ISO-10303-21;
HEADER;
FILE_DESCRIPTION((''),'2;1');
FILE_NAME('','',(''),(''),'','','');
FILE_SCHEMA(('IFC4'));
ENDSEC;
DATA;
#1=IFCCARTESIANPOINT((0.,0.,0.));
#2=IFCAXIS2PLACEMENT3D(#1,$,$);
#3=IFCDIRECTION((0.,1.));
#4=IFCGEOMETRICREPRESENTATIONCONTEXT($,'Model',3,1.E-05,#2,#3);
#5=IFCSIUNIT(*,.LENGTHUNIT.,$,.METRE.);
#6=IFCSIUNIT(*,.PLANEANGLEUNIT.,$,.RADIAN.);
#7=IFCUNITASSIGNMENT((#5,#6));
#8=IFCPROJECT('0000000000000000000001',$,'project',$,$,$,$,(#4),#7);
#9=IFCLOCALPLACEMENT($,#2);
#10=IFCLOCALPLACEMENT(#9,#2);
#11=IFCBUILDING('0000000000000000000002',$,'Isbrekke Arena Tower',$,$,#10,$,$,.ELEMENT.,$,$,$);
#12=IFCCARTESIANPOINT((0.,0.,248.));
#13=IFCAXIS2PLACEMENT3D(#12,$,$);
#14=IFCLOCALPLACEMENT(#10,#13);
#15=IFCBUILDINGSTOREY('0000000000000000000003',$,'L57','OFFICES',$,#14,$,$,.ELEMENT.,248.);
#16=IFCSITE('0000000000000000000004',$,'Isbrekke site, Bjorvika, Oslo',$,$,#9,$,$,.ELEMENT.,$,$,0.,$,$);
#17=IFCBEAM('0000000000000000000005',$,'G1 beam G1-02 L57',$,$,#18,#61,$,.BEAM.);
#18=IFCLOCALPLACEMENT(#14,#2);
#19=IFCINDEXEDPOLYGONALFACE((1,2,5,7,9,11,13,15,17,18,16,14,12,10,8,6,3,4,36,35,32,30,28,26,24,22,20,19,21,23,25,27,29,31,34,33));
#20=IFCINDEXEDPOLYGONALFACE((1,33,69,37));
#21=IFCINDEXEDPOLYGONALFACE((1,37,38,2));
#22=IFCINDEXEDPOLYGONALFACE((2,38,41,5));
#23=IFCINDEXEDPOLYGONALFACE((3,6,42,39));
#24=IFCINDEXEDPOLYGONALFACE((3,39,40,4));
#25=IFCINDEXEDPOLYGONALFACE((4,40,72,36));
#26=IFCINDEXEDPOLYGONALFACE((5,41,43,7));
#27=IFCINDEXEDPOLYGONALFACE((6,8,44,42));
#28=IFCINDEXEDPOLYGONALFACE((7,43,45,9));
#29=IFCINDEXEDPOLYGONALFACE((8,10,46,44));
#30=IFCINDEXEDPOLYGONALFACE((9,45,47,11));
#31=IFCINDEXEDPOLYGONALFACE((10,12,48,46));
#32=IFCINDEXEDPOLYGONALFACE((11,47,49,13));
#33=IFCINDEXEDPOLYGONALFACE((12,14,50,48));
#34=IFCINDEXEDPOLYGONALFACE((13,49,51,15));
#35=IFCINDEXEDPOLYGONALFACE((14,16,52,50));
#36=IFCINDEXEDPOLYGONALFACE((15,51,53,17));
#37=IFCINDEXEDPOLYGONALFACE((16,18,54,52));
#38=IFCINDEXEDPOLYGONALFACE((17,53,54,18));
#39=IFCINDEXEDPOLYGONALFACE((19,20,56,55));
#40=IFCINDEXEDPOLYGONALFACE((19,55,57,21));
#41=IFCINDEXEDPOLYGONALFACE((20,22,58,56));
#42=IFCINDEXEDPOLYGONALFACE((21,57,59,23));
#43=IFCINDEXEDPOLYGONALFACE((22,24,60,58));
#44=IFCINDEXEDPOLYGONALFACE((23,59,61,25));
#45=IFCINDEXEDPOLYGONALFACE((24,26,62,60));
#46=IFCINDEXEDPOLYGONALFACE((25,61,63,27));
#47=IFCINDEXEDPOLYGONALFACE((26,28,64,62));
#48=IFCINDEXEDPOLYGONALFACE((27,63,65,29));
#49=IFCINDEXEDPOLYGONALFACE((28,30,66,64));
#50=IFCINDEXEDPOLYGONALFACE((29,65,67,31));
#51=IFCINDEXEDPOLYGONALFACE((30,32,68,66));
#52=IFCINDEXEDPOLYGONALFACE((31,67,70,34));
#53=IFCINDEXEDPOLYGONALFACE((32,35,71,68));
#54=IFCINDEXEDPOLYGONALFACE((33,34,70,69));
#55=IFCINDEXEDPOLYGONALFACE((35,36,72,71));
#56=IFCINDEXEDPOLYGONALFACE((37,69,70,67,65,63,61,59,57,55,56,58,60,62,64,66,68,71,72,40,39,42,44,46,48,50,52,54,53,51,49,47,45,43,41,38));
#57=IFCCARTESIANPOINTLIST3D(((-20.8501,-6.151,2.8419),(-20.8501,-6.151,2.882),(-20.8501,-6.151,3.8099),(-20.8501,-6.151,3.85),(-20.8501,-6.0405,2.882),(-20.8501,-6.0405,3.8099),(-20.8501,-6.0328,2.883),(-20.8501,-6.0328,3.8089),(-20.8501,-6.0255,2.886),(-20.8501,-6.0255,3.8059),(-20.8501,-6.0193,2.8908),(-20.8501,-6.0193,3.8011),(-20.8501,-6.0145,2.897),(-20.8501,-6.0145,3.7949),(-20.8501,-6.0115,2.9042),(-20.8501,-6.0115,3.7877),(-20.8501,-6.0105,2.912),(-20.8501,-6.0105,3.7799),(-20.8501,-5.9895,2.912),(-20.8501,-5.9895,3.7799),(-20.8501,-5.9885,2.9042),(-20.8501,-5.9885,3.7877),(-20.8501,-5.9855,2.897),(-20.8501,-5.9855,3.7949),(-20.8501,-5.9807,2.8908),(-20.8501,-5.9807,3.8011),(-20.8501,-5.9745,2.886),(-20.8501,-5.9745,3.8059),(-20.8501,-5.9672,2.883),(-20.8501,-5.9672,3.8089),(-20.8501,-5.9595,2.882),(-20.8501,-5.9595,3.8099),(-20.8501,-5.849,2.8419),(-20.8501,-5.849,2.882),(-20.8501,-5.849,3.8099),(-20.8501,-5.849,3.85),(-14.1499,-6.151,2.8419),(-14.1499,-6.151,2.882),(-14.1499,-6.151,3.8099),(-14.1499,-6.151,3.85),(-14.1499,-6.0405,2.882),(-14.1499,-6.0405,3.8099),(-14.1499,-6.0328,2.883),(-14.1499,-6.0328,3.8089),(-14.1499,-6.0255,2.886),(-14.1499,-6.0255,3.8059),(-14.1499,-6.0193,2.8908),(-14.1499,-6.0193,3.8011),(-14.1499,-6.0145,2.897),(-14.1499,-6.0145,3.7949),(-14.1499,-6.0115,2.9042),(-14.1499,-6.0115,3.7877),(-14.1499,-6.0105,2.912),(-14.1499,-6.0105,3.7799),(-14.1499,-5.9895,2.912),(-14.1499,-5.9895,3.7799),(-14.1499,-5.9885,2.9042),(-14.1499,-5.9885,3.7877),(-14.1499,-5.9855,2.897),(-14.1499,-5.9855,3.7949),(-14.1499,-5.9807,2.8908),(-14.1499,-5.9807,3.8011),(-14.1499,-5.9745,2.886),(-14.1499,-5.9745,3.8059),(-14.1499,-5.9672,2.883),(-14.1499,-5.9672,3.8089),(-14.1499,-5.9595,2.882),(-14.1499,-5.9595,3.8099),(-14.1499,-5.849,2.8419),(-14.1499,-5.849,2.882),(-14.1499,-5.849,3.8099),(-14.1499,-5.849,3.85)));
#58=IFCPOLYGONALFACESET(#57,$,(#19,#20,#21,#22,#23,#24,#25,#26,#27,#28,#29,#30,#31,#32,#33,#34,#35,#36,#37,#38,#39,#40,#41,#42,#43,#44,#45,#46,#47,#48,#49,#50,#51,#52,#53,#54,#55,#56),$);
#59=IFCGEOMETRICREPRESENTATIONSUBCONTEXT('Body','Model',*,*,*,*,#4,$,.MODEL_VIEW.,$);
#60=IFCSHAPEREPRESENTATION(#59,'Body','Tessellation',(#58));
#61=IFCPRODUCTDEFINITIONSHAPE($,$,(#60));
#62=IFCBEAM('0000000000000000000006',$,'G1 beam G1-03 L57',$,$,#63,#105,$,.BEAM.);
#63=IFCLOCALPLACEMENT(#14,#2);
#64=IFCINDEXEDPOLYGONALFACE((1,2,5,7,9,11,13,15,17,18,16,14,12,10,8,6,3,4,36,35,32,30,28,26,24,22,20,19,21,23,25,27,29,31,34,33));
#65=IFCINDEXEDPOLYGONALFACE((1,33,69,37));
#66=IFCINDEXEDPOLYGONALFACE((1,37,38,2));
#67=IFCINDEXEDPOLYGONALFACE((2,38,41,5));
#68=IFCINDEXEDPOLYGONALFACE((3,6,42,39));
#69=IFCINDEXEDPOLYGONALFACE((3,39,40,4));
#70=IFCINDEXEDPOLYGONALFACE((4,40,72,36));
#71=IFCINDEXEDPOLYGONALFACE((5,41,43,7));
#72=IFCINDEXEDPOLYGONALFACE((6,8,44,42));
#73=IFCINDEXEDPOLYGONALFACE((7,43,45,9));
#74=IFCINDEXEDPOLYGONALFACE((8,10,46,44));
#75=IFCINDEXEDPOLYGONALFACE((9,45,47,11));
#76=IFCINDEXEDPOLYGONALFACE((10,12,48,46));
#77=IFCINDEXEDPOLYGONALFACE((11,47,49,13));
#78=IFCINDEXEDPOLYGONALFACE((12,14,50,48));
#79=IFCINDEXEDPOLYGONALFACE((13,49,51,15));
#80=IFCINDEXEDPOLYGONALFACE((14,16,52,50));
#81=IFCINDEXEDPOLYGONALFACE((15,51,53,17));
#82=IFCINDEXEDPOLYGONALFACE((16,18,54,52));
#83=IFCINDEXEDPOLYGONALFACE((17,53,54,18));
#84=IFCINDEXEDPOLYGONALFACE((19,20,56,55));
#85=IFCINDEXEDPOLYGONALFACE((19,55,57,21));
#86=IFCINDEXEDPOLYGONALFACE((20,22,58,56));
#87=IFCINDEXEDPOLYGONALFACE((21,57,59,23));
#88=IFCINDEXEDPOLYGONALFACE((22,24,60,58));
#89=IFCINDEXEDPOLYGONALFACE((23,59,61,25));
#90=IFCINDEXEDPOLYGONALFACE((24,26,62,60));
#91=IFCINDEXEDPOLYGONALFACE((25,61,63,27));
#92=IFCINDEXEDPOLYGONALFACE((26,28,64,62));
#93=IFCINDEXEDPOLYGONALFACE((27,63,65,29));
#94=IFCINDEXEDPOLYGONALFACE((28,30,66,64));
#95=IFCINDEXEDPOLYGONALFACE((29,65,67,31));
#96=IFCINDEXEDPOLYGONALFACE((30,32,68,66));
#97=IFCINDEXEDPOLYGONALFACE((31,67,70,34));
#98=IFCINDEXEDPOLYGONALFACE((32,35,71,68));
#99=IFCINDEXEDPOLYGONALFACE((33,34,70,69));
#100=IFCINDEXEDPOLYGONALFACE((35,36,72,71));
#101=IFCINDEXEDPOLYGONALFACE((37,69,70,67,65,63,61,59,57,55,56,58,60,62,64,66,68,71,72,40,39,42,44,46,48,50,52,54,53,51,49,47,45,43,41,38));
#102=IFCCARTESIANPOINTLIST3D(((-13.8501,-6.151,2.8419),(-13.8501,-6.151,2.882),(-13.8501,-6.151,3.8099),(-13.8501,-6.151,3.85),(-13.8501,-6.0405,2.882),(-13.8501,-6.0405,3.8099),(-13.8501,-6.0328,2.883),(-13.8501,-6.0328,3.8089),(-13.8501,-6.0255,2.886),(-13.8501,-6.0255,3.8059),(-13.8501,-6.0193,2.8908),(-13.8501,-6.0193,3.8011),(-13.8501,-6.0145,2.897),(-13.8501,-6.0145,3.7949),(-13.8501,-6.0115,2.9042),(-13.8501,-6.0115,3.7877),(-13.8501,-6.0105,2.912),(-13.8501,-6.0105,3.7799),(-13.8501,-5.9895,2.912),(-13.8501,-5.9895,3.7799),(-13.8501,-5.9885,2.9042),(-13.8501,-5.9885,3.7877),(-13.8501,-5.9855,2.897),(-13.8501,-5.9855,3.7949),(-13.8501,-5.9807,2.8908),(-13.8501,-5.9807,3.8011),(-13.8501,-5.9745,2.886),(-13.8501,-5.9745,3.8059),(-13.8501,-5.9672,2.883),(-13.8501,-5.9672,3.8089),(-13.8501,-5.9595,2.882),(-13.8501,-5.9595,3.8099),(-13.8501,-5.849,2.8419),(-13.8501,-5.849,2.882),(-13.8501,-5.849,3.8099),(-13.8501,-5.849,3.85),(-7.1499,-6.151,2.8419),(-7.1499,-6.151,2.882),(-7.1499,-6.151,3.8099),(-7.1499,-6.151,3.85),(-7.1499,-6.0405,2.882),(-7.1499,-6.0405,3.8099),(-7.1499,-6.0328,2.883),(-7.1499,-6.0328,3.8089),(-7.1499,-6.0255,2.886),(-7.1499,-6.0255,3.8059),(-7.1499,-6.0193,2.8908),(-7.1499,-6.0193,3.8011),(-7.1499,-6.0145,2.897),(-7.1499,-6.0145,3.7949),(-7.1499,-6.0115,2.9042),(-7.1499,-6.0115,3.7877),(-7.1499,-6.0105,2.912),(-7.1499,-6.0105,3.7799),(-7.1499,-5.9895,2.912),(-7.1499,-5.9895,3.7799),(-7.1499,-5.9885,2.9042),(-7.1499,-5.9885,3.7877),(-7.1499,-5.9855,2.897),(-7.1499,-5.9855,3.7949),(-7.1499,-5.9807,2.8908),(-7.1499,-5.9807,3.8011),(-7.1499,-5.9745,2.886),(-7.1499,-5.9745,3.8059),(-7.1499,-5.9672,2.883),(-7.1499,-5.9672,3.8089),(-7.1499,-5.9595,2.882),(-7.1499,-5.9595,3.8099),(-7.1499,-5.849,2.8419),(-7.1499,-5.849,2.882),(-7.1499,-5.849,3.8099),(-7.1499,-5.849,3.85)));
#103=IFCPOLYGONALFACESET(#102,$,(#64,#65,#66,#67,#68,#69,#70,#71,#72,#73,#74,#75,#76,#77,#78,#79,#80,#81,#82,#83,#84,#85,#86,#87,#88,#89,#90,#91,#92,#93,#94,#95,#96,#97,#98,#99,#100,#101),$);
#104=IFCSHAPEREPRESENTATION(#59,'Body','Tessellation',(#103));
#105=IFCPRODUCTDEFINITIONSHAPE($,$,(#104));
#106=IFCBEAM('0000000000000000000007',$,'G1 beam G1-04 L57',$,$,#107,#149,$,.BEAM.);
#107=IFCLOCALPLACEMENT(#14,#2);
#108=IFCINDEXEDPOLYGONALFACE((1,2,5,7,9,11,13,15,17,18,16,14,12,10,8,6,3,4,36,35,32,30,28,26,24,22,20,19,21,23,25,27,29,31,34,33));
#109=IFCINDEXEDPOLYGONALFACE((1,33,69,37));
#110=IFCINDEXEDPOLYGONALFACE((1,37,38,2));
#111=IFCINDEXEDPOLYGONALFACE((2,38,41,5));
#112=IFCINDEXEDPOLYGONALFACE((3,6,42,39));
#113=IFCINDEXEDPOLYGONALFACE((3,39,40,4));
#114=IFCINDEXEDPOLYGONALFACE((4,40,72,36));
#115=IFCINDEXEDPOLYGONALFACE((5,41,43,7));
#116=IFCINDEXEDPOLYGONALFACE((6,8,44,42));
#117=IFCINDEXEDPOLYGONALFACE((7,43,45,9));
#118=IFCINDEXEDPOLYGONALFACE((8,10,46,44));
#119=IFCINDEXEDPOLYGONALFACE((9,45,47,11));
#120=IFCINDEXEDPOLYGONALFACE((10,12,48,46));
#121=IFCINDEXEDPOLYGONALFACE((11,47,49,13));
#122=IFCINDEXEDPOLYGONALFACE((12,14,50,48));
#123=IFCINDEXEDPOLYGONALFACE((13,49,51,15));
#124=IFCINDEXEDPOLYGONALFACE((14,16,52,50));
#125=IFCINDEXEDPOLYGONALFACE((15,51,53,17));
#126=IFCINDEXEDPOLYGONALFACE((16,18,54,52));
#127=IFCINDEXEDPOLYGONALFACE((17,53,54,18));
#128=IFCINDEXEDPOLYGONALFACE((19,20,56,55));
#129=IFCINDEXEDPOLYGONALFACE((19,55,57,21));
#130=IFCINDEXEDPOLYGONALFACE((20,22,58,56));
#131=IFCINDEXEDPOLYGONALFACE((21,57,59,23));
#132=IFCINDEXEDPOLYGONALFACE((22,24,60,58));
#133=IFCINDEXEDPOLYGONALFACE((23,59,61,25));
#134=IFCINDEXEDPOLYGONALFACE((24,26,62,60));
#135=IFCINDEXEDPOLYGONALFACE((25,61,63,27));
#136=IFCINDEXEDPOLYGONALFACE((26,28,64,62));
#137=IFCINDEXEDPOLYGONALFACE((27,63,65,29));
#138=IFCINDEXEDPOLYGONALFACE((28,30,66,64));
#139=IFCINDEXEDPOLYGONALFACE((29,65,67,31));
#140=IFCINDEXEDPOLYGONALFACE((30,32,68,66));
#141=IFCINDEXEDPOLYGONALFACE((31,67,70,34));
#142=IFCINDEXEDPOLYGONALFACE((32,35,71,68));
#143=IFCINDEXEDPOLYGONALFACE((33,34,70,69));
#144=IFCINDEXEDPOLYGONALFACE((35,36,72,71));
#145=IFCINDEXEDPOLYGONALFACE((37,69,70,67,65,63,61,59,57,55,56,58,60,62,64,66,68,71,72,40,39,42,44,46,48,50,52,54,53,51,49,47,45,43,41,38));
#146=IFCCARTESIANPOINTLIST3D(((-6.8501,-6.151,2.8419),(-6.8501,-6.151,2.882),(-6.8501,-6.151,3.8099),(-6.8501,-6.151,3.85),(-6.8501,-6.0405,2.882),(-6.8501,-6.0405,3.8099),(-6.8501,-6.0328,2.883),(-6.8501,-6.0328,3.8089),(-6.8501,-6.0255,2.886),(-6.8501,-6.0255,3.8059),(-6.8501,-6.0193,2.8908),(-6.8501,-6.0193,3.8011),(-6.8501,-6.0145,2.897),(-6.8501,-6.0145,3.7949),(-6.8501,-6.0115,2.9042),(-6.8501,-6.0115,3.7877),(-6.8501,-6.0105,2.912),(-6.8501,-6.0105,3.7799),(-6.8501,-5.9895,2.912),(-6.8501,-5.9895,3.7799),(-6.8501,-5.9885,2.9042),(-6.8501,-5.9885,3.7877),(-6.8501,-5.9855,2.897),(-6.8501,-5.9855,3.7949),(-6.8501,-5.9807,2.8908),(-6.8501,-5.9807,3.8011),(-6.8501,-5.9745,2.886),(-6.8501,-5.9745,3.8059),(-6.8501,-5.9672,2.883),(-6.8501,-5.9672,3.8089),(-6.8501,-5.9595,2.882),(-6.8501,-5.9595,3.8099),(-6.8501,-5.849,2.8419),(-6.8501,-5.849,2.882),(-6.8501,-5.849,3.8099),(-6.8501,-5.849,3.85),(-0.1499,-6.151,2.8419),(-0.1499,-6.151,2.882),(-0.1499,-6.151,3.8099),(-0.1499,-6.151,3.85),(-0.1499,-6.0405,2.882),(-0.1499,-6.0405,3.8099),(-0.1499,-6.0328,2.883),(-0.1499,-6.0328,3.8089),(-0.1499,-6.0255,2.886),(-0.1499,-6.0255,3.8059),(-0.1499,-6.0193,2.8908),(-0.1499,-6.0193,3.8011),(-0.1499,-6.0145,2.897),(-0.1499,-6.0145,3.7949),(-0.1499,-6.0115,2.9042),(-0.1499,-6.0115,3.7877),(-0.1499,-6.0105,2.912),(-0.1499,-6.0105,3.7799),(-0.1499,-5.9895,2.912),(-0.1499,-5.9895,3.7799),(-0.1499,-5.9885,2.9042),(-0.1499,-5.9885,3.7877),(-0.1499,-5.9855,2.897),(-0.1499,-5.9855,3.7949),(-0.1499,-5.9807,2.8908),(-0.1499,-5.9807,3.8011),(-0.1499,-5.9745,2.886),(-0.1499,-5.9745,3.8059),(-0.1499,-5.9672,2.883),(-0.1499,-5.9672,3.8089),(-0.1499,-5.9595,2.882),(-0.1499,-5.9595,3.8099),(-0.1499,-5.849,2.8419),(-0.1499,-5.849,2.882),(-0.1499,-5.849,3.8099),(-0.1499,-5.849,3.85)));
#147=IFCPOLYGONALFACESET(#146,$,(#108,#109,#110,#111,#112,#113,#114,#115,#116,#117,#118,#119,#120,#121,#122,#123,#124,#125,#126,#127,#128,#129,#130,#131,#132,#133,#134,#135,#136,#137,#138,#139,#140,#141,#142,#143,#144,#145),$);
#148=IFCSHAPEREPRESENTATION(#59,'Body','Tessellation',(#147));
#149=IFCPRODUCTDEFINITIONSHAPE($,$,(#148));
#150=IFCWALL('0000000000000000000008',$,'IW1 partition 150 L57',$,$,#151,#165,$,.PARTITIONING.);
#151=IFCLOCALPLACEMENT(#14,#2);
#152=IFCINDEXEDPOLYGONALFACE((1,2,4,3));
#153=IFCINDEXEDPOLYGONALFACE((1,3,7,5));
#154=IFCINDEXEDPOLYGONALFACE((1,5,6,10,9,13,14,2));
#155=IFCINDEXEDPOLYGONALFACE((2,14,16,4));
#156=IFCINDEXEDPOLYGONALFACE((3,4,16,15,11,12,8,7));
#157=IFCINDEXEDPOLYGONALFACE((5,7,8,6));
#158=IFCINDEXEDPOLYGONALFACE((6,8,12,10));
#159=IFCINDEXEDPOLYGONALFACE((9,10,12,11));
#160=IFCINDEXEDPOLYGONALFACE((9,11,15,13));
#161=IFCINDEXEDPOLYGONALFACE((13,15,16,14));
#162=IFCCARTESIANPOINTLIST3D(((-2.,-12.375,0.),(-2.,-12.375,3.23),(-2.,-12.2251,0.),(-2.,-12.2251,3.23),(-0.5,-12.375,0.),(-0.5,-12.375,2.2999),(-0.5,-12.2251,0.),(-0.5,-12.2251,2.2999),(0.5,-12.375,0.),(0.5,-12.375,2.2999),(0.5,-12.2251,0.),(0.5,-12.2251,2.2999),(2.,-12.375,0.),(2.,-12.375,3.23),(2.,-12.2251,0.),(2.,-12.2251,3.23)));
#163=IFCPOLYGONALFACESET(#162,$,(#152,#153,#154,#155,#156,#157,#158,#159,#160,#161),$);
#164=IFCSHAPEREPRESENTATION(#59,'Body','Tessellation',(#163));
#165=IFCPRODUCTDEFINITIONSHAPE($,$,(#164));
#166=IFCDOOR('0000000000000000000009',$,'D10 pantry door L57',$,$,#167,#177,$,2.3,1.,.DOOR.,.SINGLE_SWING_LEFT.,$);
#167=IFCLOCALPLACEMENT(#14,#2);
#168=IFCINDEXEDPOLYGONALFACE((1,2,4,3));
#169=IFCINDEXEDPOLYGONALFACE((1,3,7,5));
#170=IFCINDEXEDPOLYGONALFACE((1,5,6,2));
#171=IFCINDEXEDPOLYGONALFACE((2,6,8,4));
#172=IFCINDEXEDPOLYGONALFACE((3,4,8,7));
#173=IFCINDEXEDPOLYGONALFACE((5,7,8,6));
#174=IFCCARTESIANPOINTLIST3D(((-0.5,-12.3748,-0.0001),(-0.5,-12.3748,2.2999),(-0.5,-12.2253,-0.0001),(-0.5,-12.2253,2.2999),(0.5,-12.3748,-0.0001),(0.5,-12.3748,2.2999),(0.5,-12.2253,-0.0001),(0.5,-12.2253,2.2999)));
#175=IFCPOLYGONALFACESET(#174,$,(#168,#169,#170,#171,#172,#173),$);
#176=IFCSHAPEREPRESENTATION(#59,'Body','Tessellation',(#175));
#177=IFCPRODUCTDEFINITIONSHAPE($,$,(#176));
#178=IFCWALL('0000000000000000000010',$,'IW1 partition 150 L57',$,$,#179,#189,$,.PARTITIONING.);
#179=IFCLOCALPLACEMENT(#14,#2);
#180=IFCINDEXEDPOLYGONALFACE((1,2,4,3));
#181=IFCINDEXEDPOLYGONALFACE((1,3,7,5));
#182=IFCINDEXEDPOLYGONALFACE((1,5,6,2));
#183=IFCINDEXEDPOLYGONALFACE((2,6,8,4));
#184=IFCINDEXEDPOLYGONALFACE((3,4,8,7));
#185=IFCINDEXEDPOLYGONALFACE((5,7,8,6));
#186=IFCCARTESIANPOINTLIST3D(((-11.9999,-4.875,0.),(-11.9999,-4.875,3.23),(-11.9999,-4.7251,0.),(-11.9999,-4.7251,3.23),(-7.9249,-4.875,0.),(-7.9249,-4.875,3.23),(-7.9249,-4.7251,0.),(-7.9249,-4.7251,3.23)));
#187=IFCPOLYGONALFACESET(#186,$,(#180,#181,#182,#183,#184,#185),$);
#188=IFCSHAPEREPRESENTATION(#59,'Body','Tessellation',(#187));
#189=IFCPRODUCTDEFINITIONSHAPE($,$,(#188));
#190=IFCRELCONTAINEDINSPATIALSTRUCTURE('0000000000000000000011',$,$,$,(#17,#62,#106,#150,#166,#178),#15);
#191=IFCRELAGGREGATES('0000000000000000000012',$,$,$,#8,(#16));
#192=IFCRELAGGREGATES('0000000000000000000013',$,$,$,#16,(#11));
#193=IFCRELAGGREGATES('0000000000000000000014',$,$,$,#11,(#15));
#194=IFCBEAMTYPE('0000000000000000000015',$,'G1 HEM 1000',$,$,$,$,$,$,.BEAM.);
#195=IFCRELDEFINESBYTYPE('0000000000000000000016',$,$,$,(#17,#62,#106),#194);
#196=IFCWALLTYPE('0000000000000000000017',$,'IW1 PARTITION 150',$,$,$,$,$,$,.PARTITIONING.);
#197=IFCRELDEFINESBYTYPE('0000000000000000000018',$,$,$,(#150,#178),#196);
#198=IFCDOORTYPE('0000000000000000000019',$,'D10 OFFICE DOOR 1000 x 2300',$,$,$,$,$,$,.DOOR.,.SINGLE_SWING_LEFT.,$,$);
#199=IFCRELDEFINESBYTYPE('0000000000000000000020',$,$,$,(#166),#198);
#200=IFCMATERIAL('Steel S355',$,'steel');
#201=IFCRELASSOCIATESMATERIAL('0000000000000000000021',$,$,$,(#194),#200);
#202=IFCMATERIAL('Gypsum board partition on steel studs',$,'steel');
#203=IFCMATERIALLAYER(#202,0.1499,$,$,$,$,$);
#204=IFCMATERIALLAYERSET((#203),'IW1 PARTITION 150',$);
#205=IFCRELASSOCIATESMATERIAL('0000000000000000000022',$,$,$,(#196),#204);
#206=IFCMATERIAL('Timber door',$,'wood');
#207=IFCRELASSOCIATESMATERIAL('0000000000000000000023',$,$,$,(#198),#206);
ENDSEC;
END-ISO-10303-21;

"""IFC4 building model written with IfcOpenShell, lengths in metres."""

from ifc_helpers import new_model, si_unit, direction, frame, frame_2d, origin, origin_2d, place, context, subcontext, project, spatial, rectangle, i_section, extrude, material, layer, layer_set, material_profile, profile_set, type_object, element, fill, save


model = new_model("IFC4")

# Units and contexts
model_context = context("Model", 3, precision=1e-05, world=origin(), true_north=direction((0.0, 1.0)))
body_context = subcontext(model_context, "Body", "Model", "MODEL_VIEW")
ifc_project = project(units=[si_unit("LENGTHUNIT", "METRE"), si_unit("PLANEANGLEUNIT", "RADIAN")], contexts=[model_context])

# Site, building, storey
site_placement = place(None, origin())
site = spatial("IfcSite", under=ifc_project, at=site_placement, Name="Isbrekke site, Bjorvika, Oslo", CompositionType="ELEMENT", RefElevation=0.0)
building_placement = place(site_placement, origin())
building = spatial("IfcBuilding", under=site, at=building_placement, Name="Isbrekke Arena Tower", CompositionType="ELEMENT")
storey_placement = place(building_placement, frame((0.0, 0.0, 248.0)))
storey = spatial("IfcBuildingStorey", under=building, at=storey_placement, Name="L57", Description="OFFICES", CompositionType="ELEMENT", Elevation=248.0)

# Beams
ifc_material_1 = material(Name="Steel S355", Category="steel")
ifc_material_profile_1 = material_profile(ifc_material_1, i_section(OverallWidth=0.302, OverallDepth=1.0081, WebThickness=0.021, FlangeThickness=0.04, FilletRadius=0.03, at=origin_2d()), Name="HEM 1000")
ifc_profile_set_1 = profile_set([ifc_material_profile_1], Name="Steel S355")
beam_type_1 = type_object("IfcBeamType", Name="G1 HEM 1000", PredefinedType="BEAM", material=ifc_profile_set_1)
for number, where, z_axis, x_axis, name in (
    (1, (-20.8501, -6.0, 3.3459), (1.0, 0.0, 0.0), (0.0, 1.0, 0.0), "G1 beam G1-02 L57"),
    (2, (-13.8501, -6.0, 3.3459), (1.0, 0.0, 0.0), (0.0, 1.0, 0.0), "G1 beam G1-03 L57"),
    (3, (-6.8501, -6.0, 3.3459), (1.0, 0.0, 0.0), (0.0, 1.0, 0.0), "G1 beam G1-04 L57"),
):
    element("IfcBeam", number, at=place(storey_placement, frame(where, z_axis=z_axis, x_axis=x_axis)), inside=storey, type_object=beam_type_1, Name=name, PredefinedType="BEAM", context=body_context, shape_type="SweptSolid", body=[
        extrude(i_section(OverallWidth=0.302, OverallDepth=1.0081, WebThickness=0.021, FlangeThickness=0.04, FilletRadius=0.03, at=origin_2d()), origin(), (0.0, 0.0, 1.0), 6.7002),
    ])

# Wall, opening, door
ifc_material_2 = material(Name="Gypsum board partition on steel studs", Category="steel")
ifc_layer_1 = layer(ifc_material_2, 0.1499)
ifc_layer_set_1 = layer_set([ifc_layer_1], Name="IW1 PARTITION 150")
wall_type_1 = type_object("IfcWallType", Name="IW1 PARTITION 150", PredefinedType="PARTITIONING", material=ifc_layer_set_1)
wall_1_placement = place(storey_placement, frame((-2.0, -12.3, 0.0), z_axis=(0.0, 0.0, 1.0), x_axis=(1.0, 0.0, 0.0)))
wall_1 = element("IfcWall", 4, at=wall_1_placement, inside=storey, type_object=wall_type_1, Name="IW1 partition 150 L57", PredefinedType="PARTITIONING", context=body_context, shape_type="SweptSolid", body=[
    extrude(rectangle(XDim=4.0, YDim=0.1499, at=frame_2d((2.0, 0.0))), origin(), (0.0, 0.0, 1.0), 3.23),
])
opening_1_placement = place(wall_1_placement, frame((1.5, 0.0, 0.0)))
opening_1 = element("IfcOpeningElement", 5, at=opening_1_placement, cuts=wall_1, PredefinedType="OPENING", context=body_context, shape_type="SweptSolid", body=[
    extrude(rectangle(XDim=1.0, YDim=2.3, at=frame_2d((0.5, 1.1499))), frame((0.0, 0.0898, 0.0), z_axis=(0.0, -1.0, 0.0), x_axis=(1.0, 0.0, 0.0)), (0.0, 0.0, 1.0), 0.1797),
])
ifc_material_3 = material(Name="Timber door", Category="wood")
door_type_1 = type_object("IfcDoorType", Name="D10 OFFICE DOOR 1000 x 2300", OperationType="SINGLE_SWING_LEFT", PredefinedType="DOOR", material=ifc_material_3)
door_1_placement = place(opening_1_placement, origin())
door_1 = element("IfcDoor", 6, at=door_1_placement, inside=storey, type_object=door_type_1, Name="D10 pantry door L57", OperationType="SINGLE_SWING_LEFT", OverallHeight=2.3, OverallWidth=1.0, PredefinedType="DOOR", context=body_context, shape_type="SweptSolid", body=[
    extrude(rectangle(XDim=1.0, YDim=2.3, at=frame_2d((0.5, 1.1499))), frame((0.0, 0.0747, 0.0), z_axis=(0.0, -1.0, 0.0), x_axis=(1.0, 0.0, 0.0)), (0.0, 0.0, 1.0), 0.1494),
])
fill(opening_1, door_1)

# Wall
wall_2_placement = place(storey_placement, frame((-12.0, -4.8, 0.0), z_axis=(0.0, 0.0, 1.0), x_axis=(1.0, 0.0, 0.0)))
element("IfcWall", 7, at=wall_2_placement, inside=storey, type_object=wall_type_1, Name="IW1 partition 150 L57", PredefinedType="PARTITIONING", context=body_context, shape_type="SweptSolid", body=[
    extrude(rectangle(XDim=4.075, YDim=0.1499, at=frame_2d((2.0376, 0.0))), origin(), (0.0, 0.0, 1.0), 3.23),
])

save(model, "model.ifc")
